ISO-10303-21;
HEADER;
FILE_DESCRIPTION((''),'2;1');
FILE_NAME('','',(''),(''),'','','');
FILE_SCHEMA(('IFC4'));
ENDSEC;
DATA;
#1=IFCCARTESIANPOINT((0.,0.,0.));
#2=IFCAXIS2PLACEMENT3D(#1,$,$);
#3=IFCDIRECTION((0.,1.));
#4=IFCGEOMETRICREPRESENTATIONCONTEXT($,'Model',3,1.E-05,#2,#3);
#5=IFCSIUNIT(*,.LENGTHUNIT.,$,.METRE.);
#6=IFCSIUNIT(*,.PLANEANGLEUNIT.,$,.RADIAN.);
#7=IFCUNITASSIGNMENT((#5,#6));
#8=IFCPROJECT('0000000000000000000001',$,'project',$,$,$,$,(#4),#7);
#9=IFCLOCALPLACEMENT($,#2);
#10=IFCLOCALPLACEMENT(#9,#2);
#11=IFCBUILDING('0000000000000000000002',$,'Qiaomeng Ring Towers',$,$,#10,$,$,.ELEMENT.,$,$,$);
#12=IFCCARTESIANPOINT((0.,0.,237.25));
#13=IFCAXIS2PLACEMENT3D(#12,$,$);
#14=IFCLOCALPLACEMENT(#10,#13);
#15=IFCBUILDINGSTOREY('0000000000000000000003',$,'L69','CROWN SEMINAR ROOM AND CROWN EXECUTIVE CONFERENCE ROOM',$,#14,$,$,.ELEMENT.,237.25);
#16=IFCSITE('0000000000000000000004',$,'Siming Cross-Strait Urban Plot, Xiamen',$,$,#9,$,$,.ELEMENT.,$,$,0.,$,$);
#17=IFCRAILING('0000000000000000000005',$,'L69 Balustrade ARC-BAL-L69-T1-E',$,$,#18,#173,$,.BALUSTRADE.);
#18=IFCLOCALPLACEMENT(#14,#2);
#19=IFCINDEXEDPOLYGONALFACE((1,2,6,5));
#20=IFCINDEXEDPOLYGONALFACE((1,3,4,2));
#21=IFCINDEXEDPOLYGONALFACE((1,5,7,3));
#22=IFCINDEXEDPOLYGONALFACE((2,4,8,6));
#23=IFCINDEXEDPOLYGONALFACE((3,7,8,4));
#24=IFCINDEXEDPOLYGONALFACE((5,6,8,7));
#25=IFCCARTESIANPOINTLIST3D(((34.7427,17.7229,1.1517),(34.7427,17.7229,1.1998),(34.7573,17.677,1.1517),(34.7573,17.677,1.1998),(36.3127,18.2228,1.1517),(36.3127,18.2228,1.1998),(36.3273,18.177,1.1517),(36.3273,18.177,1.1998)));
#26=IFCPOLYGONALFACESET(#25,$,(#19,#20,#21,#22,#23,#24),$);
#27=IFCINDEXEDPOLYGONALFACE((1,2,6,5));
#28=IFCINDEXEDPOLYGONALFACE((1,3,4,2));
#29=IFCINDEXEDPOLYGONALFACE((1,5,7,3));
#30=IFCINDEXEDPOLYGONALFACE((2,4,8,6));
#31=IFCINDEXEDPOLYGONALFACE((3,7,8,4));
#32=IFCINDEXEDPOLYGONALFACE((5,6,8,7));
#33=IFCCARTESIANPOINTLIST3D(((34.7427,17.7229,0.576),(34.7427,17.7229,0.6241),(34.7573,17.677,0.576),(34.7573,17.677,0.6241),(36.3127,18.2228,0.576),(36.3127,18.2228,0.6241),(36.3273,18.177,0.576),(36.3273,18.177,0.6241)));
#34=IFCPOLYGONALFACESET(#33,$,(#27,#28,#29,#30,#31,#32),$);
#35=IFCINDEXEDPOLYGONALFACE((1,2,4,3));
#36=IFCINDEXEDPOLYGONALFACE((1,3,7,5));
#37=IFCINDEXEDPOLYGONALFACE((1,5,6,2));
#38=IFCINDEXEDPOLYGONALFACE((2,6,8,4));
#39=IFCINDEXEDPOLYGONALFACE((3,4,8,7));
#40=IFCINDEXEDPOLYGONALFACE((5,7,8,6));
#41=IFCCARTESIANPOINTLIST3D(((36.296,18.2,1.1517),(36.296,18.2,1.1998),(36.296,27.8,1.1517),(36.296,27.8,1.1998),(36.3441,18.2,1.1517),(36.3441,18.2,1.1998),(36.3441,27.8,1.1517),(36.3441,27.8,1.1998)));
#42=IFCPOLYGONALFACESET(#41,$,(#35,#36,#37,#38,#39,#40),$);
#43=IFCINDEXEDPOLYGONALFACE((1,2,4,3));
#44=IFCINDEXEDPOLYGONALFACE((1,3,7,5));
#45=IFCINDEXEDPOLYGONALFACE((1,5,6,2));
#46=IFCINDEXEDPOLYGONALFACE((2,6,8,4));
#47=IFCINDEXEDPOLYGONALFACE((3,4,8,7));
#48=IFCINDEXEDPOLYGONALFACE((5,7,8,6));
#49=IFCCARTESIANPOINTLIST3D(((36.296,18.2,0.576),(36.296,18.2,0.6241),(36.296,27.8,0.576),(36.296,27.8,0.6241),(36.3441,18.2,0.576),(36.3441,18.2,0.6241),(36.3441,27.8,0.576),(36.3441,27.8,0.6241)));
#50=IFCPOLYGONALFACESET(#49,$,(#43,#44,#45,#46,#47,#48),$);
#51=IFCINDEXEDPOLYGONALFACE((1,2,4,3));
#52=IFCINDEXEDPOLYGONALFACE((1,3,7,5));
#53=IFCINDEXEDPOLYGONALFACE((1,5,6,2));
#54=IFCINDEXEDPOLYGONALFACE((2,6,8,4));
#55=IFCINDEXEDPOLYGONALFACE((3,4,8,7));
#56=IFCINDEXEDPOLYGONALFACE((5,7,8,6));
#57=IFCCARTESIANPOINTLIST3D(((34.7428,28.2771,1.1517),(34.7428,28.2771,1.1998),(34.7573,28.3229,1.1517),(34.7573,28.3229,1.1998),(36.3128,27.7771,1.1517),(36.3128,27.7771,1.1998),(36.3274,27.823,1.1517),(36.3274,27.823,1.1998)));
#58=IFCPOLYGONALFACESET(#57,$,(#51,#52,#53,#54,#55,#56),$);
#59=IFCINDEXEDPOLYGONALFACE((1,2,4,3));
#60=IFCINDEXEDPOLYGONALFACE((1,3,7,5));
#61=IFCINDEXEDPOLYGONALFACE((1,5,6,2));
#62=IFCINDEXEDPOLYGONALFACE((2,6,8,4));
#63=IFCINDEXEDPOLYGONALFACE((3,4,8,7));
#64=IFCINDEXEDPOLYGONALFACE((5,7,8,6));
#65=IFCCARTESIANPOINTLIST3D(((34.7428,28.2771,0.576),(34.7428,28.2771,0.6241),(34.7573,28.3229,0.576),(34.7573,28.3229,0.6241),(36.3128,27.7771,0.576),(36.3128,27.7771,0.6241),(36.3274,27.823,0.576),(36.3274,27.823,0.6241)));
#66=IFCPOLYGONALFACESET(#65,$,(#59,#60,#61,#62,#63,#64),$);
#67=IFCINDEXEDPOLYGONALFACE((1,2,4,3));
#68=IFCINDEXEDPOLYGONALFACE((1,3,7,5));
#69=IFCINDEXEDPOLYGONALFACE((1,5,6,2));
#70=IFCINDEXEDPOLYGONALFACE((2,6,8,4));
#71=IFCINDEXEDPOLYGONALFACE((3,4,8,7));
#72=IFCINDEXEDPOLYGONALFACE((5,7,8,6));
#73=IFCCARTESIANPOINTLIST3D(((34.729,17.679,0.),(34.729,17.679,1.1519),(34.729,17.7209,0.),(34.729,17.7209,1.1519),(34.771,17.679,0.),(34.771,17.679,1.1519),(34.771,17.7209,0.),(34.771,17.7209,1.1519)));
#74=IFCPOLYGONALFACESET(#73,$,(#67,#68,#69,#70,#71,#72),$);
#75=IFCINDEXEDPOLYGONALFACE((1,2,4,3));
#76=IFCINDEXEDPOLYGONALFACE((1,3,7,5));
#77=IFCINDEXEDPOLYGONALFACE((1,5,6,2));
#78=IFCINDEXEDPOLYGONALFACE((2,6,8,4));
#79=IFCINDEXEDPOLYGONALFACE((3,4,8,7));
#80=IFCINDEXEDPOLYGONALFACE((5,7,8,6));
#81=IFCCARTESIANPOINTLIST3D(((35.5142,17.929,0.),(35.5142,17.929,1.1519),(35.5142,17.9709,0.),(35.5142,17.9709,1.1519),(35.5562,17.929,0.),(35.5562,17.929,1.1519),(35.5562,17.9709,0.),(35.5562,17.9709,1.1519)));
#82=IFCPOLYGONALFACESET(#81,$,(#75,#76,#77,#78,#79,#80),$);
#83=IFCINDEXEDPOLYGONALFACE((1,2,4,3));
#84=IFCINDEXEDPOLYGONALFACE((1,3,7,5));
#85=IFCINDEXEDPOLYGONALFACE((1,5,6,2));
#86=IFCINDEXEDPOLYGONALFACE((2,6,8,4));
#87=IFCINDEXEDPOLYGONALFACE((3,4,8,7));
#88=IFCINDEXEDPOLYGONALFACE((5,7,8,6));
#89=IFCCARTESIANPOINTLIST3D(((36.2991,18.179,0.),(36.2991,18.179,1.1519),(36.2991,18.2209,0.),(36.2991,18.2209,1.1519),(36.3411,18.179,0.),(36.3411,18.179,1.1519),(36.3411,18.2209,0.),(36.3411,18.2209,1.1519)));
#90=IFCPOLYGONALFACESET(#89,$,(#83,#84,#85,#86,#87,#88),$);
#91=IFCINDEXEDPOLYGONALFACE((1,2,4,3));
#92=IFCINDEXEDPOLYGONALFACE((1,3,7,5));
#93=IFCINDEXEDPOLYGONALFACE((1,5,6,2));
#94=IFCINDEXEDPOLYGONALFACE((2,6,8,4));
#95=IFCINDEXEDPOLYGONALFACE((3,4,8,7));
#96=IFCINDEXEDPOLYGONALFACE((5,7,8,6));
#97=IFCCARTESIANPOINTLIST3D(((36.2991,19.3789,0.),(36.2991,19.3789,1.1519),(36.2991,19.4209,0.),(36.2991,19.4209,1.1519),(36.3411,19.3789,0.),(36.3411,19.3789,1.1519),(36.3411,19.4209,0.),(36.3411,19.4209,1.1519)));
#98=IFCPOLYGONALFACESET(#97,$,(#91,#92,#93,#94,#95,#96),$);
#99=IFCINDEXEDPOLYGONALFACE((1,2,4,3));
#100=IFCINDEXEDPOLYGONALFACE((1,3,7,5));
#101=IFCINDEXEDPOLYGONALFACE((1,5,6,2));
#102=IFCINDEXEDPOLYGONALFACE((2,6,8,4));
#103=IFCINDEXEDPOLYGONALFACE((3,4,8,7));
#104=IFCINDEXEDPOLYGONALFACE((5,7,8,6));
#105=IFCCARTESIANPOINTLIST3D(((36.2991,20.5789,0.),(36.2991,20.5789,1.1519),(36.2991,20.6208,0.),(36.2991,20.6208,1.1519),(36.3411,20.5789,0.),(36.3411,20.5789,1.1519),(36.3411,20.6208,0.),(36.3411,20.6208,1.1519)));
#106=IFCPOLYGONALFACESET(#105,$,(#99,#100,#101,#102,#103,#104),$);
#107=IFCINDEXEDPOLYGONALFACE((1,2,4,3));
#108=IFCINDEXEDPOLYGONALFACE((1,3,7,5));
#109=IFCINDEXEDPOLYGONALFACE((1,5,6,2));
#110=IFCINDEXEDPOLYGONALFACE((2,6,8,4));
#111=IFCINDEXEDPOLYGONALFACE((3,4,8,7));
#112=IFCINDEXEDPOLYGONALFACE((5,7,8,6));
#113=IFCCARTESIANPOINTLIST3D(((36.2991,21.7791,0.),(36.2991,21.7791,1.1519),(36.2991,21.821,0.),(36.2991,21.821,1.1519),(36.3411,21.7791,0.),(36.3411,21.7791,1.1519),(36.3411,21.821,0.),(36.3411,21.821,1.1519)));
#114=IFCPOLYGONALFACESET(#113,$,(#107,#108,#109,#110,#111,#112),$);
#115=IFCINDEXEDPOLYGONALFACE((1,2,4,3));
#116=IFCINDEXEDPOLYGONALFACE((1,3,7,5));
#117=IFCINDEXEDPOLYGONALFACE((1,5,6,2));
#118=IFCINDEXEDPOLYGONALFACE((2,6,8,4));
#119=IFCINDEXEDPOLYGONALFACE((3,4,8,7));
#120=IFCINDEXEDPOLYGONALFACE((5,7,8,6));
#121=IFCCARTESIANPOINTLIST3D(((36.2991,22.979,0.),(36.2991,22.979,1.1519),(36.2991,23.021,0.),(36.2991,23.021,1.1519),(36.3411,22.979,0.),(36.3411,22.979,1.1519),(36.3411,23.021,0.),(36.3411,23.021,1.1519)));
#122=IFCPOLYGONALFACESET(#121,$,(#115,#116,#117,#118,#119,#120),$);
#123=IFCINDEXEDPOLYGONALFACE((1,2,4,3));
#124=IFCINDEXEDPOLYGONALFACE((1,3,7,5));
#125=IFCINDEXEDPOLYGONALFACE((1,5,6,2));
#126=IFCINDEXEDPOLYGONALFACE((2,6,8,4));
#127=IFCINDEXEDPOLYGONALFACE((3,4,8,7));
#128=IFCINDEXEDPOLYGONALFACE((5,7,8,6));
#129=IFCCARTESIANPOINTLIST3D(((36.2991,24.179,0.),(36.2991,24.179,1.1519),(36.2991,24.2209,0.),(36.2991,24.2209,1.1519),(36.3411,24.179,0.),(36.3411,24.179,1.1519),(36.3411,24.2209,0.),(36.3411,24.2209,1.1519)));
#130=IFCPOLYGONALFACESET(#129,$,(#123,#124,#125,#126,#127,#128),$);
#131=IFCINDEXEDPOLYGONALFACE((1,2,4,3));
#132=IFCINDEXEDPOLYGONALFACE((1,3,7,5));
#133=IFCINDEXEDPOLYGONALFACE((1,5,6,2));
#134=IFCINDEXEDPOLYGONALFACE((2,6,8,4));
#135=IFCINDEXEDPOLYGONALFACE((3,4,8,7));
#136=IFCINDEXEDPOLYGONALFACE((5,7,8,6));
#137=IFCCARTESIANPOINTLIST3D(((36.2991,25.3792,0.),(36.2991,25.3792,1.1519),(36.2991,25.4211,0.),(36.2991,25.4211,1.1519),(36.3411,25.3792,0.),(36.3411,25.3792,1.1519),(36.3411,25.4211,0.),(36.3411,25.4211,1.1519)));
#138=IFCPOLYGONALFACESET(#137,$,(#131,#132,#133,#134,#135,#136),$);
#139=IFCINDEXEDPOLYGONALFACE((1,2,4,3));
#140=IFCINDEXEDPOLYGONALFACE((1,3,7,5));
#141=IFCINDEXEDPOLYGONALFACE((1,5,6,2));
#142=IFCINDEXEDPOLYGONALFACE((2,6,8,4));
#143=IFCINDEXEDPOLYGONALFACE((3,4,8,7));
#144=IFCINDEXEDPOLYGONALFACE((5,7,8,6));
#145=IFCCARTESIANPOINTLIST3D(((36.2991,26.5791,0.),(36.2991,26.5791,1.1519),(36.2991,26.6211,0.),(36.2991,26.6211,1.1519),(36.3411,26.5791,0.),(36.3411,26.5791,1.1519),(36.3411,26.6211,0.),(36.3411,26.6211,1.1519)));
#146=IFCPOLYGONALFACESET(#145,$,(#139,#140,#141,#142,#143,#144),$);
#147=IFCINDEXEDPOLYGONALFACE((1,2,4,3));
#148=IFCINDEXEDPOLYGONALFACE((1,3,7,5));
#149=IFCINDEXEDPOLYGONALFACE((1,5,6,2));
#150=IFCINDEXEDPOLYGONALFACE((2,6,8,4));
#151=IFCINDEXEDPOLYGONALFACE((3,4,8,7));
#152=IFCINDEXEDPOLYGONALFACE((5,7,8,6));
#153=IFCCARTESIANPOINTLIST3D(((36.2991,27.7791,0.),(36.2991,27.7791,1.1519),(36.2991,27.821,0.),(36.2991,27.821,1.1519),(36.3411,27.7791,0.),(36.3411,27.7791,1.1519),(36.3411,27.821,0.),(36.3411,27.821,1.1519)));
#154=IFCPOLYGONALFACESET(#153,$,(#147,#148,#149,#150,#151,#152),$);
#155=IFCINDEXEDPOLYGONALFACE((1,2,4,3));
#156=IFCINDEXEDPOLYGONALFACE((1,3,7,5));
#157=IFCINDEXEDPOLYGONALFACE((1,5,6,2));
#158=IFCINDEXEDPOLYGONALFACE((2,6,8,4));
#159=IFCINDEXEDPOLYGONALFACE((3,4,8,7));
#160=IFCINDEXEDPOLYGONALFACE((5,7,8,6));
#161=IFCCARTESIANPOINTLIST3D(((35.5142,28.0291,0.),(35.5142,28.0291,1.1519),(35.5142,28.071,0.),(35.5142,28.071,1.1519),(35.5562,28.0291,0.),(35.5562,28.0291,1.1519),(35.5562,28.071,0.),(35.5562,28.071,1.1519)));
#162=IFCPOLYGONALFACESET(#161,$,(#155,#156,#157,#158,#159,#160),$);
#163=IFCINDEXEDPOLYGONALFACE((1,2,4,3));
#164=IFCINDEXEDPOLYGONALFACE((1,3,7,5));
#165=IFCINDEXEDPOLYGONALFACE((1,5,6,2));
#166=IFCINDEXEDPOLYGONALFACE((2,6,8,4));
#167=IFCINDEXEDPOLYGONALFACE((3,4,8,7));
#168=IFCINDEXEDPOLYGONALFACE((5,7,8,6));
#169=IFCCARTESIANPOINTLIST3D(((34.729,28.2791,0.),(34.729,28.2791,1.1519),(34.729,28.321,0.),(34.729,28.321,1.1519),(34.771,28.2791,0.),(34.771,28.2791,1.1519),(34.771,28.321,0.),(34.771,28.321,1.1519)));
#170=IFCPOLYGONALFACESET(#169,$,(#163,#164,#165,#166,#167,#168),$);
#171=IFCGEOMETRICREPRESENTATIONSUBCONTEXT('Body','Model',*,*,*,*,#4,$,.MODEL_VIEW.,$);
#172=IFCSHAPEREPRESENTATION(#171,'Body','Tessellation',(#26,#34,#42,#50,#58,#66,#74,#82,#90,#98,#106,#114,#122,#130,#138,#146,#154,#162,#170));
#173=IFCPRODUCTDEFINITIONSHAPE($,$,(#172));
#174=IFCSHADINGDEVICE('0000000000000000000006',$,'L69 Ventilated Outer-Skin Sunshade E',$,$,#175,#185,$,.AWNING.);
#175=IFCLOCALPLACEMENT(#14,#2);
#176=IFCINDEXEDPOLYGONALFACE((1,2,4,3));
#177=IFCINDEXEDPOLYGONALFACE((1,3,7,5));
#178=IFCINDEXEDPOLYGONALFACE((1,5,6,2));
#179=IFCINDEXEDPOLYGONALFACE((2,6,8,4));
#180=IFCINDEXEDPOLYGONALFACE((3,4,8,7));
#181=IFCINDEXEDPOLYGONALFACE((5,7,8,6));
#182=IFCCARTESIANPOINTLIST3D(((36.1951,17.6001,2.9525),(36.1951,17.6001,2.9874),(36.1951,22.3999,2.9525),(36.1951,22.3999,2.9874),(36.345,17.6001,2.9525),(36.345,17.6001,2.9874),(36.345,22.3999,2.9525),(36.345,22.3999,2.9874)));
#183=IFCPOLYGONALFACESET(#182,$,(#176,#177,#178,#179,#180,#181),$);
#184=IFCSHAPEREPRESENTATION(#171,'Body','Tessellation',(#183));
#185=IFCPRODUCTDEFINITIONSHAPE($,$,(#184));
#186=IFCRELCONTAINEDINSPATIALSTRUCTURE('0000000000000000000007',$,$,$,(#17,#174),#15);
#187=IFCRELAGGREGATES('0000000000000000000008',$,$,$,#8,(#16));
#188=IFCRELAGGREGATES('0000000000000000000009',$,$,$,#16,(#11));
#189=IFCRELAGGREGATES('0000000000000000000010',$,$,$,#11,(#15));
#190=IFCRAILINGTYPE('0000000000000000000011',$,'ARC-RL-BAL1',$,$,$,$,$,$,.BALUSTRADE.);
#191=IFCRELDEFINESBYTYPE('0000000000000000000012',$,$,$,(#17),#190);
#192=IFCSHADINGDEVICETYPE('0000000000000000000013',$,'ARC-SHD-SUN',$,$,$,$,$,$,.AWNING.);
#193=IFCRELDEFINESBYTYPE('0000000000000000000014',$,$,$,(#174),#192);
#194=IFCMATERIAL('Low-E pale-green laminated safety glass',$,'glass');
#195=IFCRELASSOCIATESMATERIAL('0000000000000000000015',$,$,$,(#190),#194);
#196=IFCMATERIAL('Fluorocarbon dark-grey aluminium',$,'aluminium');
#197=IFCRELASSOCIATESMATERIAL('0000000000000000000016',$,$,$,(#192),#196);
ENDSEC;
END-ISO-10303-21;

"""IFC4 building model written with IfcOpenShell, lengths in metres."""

from ifc_helpers import new_model, si_unit, direction, frame, origin, origin_2d, place, context, subcontext, project, spatial, rectangle, extrude, source, transform, mapped, material, material_profile, profile_set, type_object, element, save


model = new_model("IFC4")

# Units and contexts
model_context = context("Model", 3, precision=1e-05, world=origin(), true_north=direction((0.0, 1.0)))
body_context = subcontext(model_context, "Body", "Model", "MODEL_VIEW")
ifc_project = project(units=[si_unit("LENGTHUNIT", "METRE"), si_unit("PLANEANGLEUNIT", "RADIAN")], contexts=[model_context])

# Site, building, storey
site_placement = place(None, origin())
site = spatial("IfcSite", under=ifc_project, at=site_placement, Name="Siming Cross-Strait Urban Plot, Xiamen", CompositionType="ELEMENT", RefElevation=0.0)
building_placement = place(site_placement, origin())
building = spatial("IfcBuilding", under=site, at=building_placement, Name="Qiaomeng Ring Towers", CompositionType="ELEMENT")
storey_placement = place(building_placement, frame((0.0, 0.0, 237.25)))
storey = spatial("IfcBuildingStorey", under=building, at=storey_placement, Name="L69", Description="CROWN SEMINAR ROOM AND CROWN EXECUTIVE CONFERENCE ROOM", CompositionType="ELEMENT", Elevation=237.25)

# Shared definitions
ifc_material_1 = material(Name="Fluorocarbon dark-grey aluminium", Category="aluminium")

# Railing
ifc_material_2 = material(Name="Low-E pale-green laminated safety glass", Category="glass")
railing_type = type_object("IfcRailingType", Name="ARC-RL-BAL1", PredefinedType="BALUSTRADE", material=ifc_material_2)
railing_placement = place(storey_placement, frame((34.75, 17.7, 0.0)))
element("IfcRailing", 1, at=railing_placement, inside=storey, type_object=railing_type, Name="L69 Balustrade ARC-BAL-L69-T1-E", PredefinedType="BALUSTRADE", context=body_context, shape_type="SweptSolid", body=[
    extrude(rectangle(XDim=0.0481, YDim=0.0481, at=origin_2d()), frame((0.0, 0.0, 1.1758), z_axis=(0.95285, 0.303442, 0.0), x_axis=(-0.303442, 0.95285, 0.0)), (0.0, 0.0, 1.0), 1.6477),
    extrude(rectangle(XDim=0.0481, YDim=0.0481, at=origin_2d()), frame((0.0, 0.0, 0.6001), z_axis=(0.95285, 0.303442, 0.0), x_axis=(-0.303442, 0.95285, 0.0)), (0.0, 0.0, 1.0), 1.6477),
    extrude(rectangle(XDim=0.0481, YDim=0.0481, at=origin_2d()), frame((1.5701, 0.5, 1.1758), z_axis=(0.0, 1.0, 0.0), x_axis=(-1.0, 0.0, 0.0)), (0.0, 0.0, 1.0), 9.6001),
    extrude(rectangle(XDim=0.0481, YDim=0.0481, at=origin_2d()), frame((1.5701, 0.5, 0.6001), z_axis=(0.0, 1.0, 0.0), x_axis=(-1.0, 0.0, 0.0)), (0.0, 0.0, 1.0), 9.6001),
    extrude(rectangle(XDim=0.0481, YDim=0.0481, at=origin_2d()), frame((1.5701, 10.1001, 1.1758), z_axis=(-0.95285, 0.303442, 0.0), x_axis=(-0.303442, -0.95285, 0.0)), (0.0, 0.0, 1.0), 1.6477),
    extrude(rectangle(XDim=0.0481, YDim=0.0481, at=origin_2d()), frame((1.5701, 10.1001, 0.6001), z_axis=(-0.95285, 0.303442, 0.0), x_axis=(-0.303442, -0.95285, 0.0)), (0.0, 0.0, 1.0), 1.6477),
    extrude(rectangle(XDim=0.042, YDim=0.042, at=origin_2d()), origin(), (0.0, 0.0, 1.0), 1.1519),
    extrude(rectangle(XDim=0.042, YDim=0.042, at=origin_2d()), frame((0.7852, 0.25, 0.0)), (0.0, 0.0, 1.0), 1.1519),
    extrude(rectangle(XDim=0.042, YDim=0.042, at=origin_2d()), frame((1.5701, 0.5, 0.0)), (0.0, 0.0, 1.0), 1.1519),
    extrude(rectangle(XDim=0.042, YDim=0.042, at=origin_2d()), frame((1.5701, 1.7, 0.0)), (0.0, 0.0, 1.0), 1.1519),
    extrude(rectangle(XDim=0.042, YDim=0.042, at=origin_2d()), frame((1.5701, 2.8999, 0.0)), (0.0, 0.0, 1.0), 1.1519),
    extrude(rectangle(XDim=0.042, YDim=0.042, at=origin_2d()), frame((1.5701, 4.1001, 0.0)), (0.0, 0.0, 1.0), 1.1519),
    extrude(rectangle(XDim=0.042, YDim=0.042, at=origin_2d()), frame((1.5701, 5.3, 0.0)), (0.0, 0.0, 1.0), 1.1519),
    extrude(rectangle(XDim=0.042, YDim=0.042, at=origin_2d()), frame((1.5701, 6.5, 0.0)), (0.0, 0.0, 1.0), 1.1519),
    extrude(rectangle(XDim=0.042, YDim=0.042, at=origin_2d()), frame((1.5701, 7.7002, 0.0)), (0.0, 0.0, 1.0), 1.1519),
    extrude(rectangle(XDim=0.042, YDim=0.042, at=origin_2d()), frame((1.5701, 8.9001, 0.0)), (0.0, 0.0, 1.0), 1.1519),
    extrude(rectangle(XDim=0.042, YDim=0.042, at=origin_2d()), frame((1.5701, 10.1001, 0.0)), (0.0, 0.0, 1.0), 1.1519),
    extrude(rectangle(XDim=0.042, YDim=0.042, at=origin_2d()), frame((0.7852, 10.3501, 0.0)), (0.0, 0.0, 1.0), 1.1519),
    extrude(rectangle(XDim=0.042, YDim=0.042, at=origin_2d()), frame((0.0, 10.6001, 0.0)), (0.0, 0.0, 1.0), 1.1519),
])

# Shading device
ifc_material_profile_1 = material_profile(ifc_material_1, rectangle(XDim=0.1499, YDim=0.0349, at=origin_2d()), Name="LV BLADE 150x35")
ifc_profile_set_1 = profile_set([ifc_material_profile_1], Name="Fluorocarbon dark-grey aluminium")
shading_device_type = type_object("IfcShadingDeviceType", Name="ARC-SHD-SUN", PredefinedType="AWNING", material=ifc_profile_set_1)
shared_shape_1 = source(origin(), body_context, "Body", "SweptSolid", [
    extrude(rectangle(XDim=0.1499, YDim=0.0349, at=origin_2d()), origin(), (0.0, 0.0, 1.0), 4.7998),
])
shading_device_placement = place(storey_placement, frame((36.27, 17.6001, 2.97), z_axis=(0.0, 1.0, 0.0), x_axis=(-1.0, 0.0, 0.0)))
element("IfcShadingDevice", 2, at=shading_device_placement, inside=storey, type_object=shading_device_type, Name="L69 Ventilated Outer-Skin Sunshade E", PredefinedType="AWNING", context=body_context, shape_type="MappedRepresentation", body=[
    mapped(shared_shape_1, transform((0.0, 0.0, 0.0), x_axis=(1.0, 0.0, 0.0), y_axis=(0.0, 1.0, 0.0), z_axis=(0.0, 0.0, 1.0), scale=1.0)),
])

save(model, "model.ifc")
